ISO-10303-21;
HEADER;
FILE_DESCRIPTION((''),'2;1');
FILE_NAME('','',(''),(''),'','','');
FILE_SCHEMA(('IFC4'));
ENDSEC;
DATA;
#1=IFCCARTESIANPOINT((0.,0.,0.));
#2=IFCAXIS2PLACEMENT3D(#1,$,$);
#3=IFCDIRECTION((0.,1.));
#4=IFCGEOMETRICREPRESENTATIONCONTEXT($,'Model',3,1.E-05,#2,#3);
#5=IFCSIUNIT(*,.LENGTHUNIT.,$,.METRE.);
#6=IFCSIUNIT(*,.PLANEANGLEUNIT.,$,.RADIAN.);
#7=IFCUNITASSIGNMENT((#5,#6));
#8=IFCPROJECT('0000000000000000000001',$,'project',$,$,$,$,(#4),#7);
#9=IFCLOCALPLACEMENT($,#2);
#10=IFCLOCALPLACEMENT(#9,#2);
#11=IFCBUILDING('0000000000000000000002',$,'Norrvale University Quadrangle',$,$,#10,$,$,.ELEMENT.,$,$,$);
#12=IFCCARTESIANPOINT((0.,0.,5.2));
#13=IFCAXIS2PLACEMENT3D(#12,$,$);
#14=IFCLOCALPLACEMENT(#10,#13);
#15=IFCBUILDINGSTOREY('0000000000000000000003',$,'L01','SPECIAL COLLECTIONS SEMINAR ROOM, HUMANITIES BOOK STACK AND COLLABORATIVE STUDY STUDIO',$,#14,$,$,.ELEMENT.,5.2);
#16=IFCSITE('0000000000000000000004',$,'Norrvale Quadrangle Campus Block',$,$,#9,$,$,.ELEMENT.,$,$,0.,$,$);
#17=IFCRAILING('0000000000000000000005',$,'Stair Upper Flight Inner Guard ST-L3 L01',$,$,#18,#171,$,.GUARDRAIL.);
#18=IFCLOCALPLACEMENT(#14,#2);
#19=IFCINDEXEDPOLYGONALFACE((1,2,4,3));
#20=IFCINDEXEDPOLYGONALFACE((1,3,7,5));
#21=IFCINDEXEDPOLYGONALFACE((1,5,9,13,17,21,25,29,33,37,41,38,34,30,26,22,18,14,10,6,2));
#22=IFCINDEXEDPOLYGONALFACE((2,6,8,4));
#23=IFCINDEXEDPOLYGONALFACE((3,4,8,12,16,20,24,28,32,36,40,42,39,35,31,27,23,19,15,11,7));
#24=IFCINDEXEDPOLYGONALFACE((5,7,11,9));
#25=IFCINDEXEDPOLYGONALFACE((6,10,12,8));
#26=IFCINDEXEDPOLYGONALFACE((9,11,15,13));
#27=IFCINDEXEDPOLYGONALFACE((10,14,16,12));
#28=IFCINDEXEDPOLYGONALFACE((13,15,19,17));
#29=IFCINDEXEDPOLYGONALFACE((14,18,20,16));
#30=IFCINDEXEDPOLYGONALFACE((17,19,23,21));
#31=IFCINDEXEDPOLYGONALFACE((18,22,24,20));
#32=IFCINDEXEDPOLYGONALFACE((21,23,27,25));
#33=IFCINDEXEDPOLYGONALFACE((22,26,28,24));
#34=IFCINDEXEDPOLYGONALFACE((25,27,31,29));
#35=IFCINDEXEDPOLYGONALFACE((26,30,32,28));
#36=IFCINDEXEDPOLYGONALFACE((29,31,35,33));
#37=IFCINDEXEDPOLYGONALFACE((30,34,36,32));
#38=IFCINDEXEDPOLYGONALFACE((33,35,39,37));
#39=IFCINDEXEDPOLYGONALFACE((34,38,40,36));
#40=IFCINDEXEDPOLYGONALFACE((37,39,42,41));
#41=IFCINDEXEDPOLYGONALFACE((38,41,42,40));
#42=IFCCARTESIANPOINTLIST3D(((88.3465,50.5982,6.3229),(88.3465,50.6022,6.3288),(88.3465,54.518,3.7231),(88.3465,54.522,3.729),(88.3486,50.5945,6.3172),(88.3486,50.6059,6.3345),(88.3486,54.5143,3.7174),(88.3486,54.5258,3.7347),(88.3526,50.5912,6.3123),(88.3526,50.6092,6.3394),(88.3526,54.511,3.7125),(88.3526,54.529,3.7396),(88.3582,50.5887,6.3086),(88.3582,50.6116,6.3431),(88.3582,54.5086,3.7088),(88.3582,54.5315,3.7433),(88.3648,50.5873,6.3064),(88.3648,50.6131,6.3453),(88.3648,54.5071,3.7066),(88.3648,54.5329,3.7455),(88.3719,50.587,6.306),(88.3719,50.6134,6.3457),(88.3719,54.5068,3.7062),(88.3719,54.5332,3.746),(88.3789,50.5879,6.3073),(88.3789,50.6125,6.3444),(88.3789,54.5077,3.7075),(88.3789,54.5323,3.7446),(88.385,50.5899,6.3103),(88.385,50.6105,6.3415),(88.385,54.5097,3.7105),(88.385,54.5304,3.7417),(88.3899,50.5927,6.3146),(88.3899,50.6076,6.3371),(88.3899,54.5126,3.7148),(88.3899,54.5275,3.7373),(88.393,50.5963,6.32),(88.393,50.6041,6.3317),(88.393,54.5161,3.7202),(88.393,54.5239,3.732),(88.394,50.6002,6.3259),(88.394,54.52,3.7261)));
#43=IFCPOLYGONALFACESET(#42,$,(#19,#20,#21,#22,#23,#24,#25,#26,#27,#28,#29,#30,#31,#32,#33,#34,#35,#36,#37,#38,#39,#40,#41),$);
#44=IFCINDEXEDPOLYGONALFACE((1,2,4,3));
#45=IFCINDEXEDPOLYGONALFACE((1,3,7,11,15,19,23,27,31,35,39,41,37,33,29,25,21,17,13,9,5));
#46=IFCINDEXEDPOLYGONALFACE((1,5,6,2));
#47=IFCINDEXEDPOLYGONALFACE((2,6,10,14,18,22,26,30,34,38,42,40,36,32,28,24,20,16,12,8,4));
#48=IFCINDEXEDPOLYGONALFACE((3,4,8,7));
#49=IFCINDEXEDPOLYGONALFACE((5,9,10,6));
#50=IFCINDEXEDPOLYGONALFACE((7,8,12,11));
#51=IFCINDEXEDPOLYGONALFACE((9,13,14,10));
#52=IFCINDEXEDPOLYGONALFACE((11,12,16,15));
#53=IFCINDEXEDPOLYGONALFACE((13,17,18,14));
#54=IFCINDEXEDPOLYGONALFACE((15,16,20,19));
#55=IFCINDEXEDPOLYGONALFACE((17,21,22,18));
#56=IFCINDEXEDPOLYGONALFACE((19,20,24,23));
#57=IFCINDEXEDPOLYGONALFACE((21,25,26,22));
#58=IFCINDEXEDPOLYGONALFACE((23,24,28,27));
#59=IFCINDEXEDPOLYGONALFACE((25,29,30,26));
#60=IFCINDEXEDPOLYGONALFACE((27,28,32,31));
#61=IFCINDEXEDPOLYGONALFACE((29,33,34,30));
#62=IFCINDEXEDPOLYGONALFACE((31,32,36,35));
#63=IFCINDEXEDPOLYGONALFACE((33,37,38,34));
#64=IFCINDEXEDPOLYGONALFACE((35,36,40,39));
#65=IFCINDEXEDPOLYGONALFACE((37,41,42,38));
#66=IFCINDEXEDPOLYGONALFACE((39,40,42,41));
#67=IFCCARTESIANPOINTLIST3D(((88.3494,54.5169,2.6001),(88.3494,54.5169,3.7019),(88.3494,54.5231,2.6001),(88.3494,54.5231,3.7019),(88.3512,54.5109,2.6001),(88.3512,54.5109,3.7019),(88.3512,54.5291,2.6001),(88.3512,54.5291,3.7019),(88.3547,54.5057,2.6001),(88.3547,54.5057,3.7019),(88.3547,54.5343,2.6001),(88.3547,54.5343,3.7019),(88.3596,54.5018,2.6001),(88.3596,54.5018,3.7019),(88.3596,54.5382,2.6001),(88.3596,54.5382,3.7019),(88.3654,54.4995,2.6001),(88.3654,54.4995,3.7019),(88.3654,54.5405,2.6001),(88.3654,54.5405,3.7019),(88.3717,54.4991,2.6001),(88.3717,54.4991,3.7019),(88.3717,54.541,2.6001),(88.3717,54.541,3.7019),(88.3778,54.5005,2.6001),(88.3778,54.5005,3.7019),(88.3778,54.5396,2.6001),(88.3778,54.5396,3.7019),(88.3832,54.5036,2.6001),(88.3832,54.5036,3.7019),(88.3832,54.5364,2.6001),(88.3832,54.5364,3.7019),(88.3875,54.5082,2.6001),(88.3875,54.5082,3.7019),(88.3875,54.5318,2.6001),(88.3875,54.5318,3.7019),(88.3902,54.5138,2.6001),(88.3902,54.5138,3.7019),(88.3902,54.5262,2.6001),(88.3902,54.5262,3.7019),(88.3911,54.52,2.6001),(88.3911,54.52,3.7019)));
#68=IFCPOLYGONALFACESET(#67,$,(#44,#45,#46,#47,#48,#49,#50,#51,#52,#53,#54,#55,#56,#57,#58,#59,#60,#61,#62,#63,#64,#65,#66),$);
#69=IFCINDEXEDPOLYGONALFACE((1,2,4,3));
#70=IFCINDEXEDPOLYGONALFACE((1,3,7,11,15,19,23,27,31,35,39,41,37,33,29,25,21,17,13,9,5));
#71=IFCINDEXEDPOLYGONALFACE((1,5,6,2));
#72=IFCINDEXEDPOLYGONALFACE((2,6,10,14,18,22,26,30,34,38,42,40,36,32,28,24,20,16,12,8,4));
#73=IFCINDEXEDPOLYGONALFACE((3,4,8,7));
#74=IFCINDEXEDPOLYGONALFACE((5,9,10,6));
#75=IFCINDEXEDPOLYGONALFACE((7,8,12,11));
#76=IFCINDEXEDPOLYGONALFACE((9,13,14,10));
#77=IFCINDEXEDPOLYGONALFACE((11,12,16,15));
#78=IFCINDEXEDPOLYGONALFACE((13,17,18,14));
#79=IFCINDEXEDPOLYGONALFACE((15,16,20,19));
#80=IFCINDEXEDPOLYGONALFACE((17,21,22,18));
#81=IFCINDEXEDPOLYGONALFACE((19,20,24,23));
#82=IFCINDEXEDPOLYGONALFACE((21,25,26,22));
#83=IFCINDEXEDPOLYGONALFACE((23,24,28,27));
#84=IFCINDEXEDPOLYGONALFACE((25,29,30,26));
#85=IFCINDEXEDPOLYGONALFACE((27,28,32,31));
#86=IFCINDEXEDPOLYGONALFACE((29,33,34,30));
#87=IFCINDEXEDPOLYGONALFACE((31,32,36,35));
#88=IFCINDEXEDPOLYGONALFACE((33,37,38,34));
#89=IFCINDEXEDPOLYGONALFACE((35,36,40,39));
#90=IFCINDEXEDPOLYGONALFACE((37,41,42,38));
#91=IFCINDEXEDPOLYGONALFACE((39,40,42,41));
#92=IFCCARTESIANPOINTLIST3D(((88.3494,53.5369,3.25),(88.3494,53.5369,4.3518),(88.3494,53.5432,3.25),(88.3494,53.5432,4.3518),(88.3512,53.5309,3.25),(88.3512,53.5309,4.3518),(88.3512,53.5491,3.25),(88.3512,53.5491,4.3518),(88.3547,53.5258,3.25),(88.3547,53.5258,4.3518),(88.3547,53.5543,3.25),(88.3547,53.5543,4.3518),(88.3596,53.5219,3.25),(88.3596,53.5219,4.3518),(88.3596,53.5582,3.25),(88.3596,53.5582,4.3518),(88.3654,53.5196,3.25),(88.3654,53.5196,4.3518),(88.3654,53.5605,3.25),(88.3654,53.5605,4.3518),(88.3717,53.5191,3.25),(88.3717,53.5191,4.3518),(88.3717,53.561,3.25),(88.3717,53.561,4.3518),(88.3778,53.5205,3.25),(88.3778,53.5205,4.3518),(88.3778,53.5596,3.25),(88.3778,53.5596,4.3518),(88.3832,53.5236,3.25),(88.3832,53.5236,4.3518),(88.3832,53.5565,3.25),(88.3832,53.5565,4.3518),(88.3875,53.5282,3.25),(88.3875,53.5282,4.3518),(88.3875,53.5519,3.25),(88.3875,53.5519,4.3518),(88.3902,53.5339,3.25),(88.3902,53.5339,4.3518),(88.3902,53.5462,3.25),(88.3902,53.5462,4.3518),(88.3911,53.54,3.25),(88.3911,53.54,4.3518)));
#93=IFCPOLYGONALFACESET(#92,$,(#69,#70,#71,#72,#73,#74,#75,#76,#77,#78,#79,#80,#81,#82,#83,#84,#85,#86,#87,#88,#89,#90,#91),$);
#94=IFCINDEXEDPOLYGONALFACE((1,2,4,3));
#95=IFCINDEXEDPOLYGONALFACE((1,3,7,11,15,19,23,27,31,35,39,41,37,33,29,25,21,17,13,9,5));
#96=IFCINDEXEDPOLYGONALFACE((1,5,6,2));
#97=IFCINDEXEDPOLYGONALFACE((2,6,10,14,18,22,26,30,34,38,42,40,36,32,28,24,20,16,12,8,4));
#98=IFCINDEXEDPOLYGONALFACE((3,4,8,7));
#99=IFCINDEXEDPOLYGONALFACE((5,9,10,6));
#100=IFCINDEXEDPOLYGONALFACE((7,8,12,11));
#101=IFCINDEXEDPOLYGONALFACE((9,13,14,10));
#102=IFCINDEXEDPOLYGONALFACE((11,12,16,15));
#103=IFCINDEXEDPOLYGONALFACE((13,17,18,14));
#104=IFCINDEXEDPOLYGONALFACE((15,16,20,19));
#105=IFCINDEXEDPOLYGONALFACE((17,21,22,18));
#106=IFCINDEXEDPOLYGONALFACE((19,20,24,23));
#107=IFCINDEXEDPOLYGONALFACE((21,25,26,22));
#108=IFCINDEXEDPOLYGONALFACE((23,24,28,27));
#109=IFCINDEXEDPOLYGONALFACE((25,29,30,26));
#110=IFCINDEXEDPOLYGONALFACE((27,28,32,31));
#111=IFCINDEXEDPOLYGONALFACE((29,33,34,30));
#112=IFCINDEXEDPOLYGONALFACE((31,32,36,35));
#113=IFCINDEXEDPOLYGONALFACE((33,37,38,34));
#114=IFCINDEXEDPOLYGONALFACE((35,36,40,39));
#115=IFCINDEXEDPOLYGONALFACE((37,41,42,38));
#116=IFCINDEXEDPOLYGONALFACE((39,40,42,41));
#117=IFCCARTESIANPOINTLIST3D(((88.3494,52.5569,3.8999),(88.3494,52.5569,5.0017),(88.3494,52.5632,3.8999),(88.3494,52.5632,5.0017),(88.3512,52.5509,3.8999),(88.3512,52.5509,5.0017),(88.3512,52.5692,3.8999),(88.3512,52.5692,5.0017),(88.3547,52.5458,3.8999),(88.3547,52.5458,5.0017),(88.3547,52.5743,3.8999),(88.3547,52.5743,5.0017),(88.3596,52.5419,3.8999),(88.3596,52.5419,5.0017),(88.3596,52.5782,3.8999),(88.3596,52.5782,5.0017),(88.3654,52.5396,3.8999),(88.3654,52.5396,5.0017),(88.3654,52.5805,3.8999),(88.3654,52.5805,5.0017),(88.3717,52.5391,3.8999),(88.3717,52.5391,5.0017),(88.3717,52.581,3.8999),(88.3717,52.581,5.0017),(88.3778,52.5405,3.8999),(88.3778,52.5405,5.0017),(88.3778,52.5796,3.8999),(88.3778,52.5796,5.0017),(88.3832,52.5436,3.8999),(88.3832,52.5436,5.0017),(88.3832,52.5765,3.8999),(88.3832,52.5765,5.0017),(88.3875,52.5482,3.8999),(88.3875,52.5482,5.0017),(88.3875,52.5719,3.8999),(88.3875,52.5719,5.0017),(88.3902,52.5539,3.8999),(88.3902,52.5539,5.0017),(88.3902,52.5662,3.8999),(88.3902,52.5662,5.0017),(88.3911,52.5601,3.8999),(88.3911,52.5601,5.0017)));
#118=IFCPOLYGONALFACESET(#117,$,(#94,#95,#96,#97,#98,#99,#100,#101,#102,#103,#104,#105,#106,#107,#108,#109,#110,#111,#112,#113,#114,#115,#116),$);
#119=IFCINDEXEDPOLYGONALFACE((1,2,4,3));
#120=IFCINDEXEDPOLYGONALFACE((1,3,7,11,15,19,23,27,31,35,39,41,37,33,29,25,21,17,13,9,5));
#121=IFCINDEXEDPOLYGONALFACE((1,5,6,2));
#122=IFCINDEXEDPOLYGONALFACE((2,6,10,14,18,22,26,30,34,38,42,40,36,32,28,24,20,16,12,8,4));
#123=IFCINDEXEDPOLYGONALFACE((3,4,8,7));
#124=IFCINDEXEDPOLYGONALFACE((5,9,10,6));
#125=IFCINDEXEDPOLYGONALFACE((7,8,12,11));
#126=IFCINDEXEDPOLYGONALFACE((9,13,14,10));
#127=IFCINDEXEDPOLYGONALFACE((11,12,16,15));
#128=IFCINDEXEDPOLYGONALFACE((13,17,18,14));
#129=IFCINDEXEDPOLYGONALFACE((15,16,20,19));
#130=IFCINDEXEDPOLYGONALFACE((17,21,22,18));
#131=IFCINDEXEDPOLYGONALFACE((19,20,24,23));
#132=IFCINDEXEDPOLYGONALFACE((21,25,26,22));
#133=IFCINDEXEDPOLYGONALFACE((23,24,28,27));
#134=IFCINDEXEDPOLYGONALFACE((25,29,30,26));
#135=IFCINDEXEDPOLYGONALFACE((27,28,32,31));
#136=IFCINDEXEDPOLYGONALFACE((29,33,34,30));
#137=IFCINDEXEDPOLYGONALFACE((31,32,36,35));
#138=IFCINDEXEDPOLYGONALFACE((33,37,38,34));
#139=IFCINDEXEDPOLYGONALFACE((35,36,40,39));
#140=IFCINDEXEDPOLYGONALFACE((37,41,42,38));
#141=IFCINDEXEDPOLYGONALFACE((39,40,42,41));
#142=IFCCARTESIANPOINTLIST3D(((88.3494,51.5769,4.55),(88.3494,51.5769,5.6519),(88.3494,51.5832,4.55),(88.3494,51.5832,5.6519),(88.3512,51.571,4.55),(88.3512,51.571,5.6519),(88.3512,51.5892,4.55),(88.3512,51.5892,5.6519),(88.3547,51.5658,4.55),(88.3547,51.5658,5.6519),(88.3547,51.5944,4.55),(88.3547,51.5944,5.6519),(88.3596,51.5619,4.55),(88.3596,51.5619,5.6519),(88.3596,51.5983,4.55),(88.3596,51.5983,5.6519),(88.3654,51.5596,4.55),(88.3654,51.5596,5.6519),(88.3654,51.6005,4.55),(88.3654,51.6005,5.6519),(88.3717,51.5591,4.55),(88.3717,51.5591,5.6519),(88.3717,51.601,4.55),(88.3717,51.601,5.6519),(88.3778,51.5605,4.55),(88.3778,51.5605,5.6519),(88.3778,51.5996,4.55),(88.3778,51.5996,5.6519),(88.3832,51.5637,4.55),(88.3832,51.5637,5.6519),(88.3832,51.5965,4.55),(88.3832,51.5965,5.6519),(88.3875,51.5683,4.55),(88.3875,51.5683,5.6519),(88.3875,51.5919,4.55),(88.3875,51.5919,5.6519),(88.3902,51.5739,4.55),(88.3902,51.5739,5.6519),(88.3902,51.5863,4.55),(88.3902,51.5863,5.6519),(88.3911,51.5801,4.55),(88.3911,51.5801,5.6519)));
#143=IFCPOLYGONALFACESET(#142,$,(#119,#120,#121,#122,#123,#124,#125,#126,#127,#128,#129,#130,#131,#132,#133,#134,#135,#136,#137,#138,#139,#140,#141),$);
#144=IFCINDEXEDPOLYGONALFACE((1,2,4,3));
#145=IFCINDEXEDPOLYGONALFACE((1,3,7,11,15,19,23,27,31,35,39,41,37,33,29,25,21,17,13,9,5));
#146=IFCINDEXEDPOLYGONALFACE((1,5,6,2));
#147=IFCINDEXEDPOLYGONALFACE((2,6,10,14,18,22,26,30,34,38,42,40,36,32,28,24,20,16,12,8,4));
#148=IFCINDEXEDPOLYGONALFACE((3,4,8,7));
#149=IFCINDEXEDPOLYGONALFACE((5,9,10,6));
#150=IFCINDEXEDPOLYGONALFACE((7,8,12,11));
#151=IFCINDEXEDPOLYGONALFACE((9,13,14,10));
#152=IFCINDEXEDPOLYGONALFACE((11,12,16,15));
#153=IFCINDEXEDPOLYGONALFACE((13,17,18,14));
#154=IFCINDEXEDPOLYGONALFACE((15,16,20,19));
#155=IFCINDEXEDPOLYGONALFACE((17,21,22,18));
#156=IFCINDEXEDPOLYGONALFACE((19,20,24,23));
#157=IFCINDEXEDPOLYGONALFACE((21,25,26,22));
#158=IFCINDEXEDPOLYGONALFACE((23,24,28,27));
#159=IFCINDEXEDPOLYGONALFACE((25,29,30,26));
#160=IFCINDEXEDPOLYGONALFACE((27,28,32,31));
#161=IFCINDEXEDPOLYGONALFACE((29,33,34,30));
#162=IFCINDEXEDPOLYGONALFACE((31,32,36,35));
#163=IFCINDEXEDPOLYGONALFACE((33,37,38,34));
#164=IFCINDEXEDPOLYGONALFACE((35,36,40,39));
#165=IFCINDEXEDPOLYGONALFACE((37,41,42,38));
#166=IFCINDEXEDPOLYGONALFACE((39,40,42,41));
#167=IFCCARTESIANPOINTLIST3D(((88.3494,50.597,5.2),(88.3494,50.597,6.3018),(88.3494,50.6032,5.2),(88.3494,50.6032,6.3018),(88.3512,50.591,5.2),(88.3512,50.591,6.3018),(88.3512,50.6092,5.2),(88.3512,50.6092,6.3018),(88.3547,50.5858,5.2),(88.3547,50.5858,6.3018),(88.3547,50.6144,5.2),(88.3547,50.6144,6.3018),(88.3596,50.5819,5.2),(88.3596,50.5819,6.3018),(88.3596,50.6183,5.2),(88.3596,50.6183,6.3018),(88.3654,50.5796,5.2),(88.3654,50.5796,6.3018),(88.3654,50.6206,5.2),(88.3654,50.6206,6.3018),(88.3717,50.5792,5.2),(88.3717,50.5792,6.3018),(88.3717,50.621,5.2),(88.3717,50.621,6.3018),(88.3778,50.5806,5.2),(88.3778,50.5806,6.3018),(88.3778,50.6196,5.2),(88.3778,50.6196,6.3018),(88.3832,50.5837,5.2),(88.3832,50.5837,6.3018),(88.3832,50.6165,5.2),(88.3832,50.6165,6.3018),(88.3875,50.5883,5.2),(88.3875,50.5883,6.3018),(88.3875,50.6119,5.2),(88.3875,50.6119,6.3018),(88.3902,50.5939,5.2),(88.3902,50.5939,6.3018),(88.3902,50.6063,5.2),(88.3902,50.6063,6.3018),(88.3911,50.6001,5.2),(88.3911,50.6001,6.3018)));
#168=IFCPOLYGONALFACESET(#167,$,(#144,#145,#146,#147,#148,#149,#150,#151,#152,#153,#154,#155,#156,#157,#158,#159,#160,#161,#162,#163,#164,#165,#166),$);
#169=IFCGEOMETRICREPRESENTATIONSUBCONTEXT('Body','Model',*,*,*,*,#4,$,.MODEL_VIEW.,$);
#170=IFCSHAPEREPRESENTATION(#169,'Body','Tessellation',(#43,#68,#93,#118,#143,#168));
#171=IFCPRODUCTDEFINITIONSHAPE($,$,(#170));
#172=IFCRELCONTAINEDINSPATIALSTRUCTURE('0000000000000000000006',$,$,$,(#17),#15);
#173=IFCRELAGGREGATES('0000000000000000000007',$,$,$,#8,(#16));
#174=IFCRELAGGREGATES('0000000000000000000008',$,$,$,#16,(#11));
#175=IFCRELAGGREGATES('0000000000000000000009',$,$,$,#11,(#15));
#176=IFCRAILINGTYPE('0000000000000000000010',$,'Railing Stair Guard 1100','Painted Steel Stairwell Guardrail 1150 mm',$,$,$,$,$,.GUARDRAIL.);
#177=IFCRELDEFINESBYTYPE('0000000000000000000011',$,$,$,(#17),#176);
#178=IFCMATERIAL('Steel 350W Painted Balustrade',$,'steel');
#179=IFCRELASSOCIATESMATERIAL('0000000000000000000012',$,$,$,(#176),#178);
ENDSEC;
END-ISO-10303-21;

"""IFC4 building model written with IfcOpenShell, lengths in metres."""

from ifc_helpers import new_model, si_unit, direction, frame, origin, origin_2d, place, context, subcontext, project, spatial, circle, extrude, material, type_object, element, save


model = new_model("IFC4")

# Units and contexts
model_context = context("Model", 3, precision=1e-05, world=origin(), true_north=direction((0.0, 1.0)))
body_context = subcontext(model_context, "Body", "Model", "MODEL_VIEW")
ifc_project = project(units=[si_unit("LENGTHUNIT", "METRE"), si_unit("PLANEANGLEUNIT", "RADIAN")], contexts=[model_context])

# Site, building, storey
site_placement = place(None, origin())
site = spatial("IfcSite", under=ifc_project, at=site_placement, Name="Norrvale Quadrangle Campus Block", CompositionType="ELEMENT", RefElevation=0.0)
building_placement = place(site_placement, origin())
building = spatial("IfcBuilding", under=site, at=building_placement, Name="Norrvale University Quadrangle", CompositionType="ELEMENT")
storey_placement = place(building_placement, frame((0.0, 0.0, 5.2)))
storey = spatial("IfcBuildingStorey", under=building, at=storey_placement, Name="L01", Description="SPECIAL COLLECTIONS SEMINAR ROOM, HUMANITIES BOOK STACK AND COLLABORATIVE STUDY STUDIO", CompositionType="ELEMENT", Elevation=5.2)

# Railing
ifc_material_1 = material(Name="Steel 350W Painted Balustrade", Category="steel")
railing_type_1 = type_object("IfcRailingType", Name="Railing Stair Guard 1100", Description="Painted Steel Stairwell Guardrail 1150 mm", PredefinedType="GUARDRAIL", material=ifc_material_1)
railing_1_placement = place(storey_placement, frame((88.3701, 54.52, 2.6001)))
element("IfcRailing", 1, at=railing_1_placement, inside=storey, type_object=railing_type_1, Name="Stair Upper Flight Inner Guard ST-L3 L01", PredefinedType="GUARDRAIL", context=body_context, shape_type="SweptSolid", body=[
    extrude(circle(Radius=0.0239, at=origin_2d()), frame((0.0, 0.0, 1.126), z_axis=(0.0, -0.833366, 0.552722), x_axis=(1.0, 0.0, 0.0)), (0.0, 0.0, 1.0), 4.7036),
    extrude(circle(Radius=0.021, at=origin_2d()), origin(), (0.0, 0.0, 1.0), 1.1018),
    extrude(circle(Radius=0.021, at=origin_2d()), frame((0.0, -0.98, 0.6499)), (0.0, 0.0, 1.0), 1.1018),
    extrude(circle(Radius=0.021, at=origin_2d()), frame((0.0, -1.96, 1.2998)), (0.0, 0.0, 1.0), 1.1018),
    extrude(circle(Radius=0.021, at=origin_2d()), frame((0.0, -2.9399, 1.95)), (0.0, 0.0, 1.0), 1.1018),
    extrude(circle(Radius=0.021, at=origin_2d()), frame((0.0, -3.9199, 2.5999)), (0.0, 0.0, 1.0), 1.1018),
])

save(model, "model.ifc")
